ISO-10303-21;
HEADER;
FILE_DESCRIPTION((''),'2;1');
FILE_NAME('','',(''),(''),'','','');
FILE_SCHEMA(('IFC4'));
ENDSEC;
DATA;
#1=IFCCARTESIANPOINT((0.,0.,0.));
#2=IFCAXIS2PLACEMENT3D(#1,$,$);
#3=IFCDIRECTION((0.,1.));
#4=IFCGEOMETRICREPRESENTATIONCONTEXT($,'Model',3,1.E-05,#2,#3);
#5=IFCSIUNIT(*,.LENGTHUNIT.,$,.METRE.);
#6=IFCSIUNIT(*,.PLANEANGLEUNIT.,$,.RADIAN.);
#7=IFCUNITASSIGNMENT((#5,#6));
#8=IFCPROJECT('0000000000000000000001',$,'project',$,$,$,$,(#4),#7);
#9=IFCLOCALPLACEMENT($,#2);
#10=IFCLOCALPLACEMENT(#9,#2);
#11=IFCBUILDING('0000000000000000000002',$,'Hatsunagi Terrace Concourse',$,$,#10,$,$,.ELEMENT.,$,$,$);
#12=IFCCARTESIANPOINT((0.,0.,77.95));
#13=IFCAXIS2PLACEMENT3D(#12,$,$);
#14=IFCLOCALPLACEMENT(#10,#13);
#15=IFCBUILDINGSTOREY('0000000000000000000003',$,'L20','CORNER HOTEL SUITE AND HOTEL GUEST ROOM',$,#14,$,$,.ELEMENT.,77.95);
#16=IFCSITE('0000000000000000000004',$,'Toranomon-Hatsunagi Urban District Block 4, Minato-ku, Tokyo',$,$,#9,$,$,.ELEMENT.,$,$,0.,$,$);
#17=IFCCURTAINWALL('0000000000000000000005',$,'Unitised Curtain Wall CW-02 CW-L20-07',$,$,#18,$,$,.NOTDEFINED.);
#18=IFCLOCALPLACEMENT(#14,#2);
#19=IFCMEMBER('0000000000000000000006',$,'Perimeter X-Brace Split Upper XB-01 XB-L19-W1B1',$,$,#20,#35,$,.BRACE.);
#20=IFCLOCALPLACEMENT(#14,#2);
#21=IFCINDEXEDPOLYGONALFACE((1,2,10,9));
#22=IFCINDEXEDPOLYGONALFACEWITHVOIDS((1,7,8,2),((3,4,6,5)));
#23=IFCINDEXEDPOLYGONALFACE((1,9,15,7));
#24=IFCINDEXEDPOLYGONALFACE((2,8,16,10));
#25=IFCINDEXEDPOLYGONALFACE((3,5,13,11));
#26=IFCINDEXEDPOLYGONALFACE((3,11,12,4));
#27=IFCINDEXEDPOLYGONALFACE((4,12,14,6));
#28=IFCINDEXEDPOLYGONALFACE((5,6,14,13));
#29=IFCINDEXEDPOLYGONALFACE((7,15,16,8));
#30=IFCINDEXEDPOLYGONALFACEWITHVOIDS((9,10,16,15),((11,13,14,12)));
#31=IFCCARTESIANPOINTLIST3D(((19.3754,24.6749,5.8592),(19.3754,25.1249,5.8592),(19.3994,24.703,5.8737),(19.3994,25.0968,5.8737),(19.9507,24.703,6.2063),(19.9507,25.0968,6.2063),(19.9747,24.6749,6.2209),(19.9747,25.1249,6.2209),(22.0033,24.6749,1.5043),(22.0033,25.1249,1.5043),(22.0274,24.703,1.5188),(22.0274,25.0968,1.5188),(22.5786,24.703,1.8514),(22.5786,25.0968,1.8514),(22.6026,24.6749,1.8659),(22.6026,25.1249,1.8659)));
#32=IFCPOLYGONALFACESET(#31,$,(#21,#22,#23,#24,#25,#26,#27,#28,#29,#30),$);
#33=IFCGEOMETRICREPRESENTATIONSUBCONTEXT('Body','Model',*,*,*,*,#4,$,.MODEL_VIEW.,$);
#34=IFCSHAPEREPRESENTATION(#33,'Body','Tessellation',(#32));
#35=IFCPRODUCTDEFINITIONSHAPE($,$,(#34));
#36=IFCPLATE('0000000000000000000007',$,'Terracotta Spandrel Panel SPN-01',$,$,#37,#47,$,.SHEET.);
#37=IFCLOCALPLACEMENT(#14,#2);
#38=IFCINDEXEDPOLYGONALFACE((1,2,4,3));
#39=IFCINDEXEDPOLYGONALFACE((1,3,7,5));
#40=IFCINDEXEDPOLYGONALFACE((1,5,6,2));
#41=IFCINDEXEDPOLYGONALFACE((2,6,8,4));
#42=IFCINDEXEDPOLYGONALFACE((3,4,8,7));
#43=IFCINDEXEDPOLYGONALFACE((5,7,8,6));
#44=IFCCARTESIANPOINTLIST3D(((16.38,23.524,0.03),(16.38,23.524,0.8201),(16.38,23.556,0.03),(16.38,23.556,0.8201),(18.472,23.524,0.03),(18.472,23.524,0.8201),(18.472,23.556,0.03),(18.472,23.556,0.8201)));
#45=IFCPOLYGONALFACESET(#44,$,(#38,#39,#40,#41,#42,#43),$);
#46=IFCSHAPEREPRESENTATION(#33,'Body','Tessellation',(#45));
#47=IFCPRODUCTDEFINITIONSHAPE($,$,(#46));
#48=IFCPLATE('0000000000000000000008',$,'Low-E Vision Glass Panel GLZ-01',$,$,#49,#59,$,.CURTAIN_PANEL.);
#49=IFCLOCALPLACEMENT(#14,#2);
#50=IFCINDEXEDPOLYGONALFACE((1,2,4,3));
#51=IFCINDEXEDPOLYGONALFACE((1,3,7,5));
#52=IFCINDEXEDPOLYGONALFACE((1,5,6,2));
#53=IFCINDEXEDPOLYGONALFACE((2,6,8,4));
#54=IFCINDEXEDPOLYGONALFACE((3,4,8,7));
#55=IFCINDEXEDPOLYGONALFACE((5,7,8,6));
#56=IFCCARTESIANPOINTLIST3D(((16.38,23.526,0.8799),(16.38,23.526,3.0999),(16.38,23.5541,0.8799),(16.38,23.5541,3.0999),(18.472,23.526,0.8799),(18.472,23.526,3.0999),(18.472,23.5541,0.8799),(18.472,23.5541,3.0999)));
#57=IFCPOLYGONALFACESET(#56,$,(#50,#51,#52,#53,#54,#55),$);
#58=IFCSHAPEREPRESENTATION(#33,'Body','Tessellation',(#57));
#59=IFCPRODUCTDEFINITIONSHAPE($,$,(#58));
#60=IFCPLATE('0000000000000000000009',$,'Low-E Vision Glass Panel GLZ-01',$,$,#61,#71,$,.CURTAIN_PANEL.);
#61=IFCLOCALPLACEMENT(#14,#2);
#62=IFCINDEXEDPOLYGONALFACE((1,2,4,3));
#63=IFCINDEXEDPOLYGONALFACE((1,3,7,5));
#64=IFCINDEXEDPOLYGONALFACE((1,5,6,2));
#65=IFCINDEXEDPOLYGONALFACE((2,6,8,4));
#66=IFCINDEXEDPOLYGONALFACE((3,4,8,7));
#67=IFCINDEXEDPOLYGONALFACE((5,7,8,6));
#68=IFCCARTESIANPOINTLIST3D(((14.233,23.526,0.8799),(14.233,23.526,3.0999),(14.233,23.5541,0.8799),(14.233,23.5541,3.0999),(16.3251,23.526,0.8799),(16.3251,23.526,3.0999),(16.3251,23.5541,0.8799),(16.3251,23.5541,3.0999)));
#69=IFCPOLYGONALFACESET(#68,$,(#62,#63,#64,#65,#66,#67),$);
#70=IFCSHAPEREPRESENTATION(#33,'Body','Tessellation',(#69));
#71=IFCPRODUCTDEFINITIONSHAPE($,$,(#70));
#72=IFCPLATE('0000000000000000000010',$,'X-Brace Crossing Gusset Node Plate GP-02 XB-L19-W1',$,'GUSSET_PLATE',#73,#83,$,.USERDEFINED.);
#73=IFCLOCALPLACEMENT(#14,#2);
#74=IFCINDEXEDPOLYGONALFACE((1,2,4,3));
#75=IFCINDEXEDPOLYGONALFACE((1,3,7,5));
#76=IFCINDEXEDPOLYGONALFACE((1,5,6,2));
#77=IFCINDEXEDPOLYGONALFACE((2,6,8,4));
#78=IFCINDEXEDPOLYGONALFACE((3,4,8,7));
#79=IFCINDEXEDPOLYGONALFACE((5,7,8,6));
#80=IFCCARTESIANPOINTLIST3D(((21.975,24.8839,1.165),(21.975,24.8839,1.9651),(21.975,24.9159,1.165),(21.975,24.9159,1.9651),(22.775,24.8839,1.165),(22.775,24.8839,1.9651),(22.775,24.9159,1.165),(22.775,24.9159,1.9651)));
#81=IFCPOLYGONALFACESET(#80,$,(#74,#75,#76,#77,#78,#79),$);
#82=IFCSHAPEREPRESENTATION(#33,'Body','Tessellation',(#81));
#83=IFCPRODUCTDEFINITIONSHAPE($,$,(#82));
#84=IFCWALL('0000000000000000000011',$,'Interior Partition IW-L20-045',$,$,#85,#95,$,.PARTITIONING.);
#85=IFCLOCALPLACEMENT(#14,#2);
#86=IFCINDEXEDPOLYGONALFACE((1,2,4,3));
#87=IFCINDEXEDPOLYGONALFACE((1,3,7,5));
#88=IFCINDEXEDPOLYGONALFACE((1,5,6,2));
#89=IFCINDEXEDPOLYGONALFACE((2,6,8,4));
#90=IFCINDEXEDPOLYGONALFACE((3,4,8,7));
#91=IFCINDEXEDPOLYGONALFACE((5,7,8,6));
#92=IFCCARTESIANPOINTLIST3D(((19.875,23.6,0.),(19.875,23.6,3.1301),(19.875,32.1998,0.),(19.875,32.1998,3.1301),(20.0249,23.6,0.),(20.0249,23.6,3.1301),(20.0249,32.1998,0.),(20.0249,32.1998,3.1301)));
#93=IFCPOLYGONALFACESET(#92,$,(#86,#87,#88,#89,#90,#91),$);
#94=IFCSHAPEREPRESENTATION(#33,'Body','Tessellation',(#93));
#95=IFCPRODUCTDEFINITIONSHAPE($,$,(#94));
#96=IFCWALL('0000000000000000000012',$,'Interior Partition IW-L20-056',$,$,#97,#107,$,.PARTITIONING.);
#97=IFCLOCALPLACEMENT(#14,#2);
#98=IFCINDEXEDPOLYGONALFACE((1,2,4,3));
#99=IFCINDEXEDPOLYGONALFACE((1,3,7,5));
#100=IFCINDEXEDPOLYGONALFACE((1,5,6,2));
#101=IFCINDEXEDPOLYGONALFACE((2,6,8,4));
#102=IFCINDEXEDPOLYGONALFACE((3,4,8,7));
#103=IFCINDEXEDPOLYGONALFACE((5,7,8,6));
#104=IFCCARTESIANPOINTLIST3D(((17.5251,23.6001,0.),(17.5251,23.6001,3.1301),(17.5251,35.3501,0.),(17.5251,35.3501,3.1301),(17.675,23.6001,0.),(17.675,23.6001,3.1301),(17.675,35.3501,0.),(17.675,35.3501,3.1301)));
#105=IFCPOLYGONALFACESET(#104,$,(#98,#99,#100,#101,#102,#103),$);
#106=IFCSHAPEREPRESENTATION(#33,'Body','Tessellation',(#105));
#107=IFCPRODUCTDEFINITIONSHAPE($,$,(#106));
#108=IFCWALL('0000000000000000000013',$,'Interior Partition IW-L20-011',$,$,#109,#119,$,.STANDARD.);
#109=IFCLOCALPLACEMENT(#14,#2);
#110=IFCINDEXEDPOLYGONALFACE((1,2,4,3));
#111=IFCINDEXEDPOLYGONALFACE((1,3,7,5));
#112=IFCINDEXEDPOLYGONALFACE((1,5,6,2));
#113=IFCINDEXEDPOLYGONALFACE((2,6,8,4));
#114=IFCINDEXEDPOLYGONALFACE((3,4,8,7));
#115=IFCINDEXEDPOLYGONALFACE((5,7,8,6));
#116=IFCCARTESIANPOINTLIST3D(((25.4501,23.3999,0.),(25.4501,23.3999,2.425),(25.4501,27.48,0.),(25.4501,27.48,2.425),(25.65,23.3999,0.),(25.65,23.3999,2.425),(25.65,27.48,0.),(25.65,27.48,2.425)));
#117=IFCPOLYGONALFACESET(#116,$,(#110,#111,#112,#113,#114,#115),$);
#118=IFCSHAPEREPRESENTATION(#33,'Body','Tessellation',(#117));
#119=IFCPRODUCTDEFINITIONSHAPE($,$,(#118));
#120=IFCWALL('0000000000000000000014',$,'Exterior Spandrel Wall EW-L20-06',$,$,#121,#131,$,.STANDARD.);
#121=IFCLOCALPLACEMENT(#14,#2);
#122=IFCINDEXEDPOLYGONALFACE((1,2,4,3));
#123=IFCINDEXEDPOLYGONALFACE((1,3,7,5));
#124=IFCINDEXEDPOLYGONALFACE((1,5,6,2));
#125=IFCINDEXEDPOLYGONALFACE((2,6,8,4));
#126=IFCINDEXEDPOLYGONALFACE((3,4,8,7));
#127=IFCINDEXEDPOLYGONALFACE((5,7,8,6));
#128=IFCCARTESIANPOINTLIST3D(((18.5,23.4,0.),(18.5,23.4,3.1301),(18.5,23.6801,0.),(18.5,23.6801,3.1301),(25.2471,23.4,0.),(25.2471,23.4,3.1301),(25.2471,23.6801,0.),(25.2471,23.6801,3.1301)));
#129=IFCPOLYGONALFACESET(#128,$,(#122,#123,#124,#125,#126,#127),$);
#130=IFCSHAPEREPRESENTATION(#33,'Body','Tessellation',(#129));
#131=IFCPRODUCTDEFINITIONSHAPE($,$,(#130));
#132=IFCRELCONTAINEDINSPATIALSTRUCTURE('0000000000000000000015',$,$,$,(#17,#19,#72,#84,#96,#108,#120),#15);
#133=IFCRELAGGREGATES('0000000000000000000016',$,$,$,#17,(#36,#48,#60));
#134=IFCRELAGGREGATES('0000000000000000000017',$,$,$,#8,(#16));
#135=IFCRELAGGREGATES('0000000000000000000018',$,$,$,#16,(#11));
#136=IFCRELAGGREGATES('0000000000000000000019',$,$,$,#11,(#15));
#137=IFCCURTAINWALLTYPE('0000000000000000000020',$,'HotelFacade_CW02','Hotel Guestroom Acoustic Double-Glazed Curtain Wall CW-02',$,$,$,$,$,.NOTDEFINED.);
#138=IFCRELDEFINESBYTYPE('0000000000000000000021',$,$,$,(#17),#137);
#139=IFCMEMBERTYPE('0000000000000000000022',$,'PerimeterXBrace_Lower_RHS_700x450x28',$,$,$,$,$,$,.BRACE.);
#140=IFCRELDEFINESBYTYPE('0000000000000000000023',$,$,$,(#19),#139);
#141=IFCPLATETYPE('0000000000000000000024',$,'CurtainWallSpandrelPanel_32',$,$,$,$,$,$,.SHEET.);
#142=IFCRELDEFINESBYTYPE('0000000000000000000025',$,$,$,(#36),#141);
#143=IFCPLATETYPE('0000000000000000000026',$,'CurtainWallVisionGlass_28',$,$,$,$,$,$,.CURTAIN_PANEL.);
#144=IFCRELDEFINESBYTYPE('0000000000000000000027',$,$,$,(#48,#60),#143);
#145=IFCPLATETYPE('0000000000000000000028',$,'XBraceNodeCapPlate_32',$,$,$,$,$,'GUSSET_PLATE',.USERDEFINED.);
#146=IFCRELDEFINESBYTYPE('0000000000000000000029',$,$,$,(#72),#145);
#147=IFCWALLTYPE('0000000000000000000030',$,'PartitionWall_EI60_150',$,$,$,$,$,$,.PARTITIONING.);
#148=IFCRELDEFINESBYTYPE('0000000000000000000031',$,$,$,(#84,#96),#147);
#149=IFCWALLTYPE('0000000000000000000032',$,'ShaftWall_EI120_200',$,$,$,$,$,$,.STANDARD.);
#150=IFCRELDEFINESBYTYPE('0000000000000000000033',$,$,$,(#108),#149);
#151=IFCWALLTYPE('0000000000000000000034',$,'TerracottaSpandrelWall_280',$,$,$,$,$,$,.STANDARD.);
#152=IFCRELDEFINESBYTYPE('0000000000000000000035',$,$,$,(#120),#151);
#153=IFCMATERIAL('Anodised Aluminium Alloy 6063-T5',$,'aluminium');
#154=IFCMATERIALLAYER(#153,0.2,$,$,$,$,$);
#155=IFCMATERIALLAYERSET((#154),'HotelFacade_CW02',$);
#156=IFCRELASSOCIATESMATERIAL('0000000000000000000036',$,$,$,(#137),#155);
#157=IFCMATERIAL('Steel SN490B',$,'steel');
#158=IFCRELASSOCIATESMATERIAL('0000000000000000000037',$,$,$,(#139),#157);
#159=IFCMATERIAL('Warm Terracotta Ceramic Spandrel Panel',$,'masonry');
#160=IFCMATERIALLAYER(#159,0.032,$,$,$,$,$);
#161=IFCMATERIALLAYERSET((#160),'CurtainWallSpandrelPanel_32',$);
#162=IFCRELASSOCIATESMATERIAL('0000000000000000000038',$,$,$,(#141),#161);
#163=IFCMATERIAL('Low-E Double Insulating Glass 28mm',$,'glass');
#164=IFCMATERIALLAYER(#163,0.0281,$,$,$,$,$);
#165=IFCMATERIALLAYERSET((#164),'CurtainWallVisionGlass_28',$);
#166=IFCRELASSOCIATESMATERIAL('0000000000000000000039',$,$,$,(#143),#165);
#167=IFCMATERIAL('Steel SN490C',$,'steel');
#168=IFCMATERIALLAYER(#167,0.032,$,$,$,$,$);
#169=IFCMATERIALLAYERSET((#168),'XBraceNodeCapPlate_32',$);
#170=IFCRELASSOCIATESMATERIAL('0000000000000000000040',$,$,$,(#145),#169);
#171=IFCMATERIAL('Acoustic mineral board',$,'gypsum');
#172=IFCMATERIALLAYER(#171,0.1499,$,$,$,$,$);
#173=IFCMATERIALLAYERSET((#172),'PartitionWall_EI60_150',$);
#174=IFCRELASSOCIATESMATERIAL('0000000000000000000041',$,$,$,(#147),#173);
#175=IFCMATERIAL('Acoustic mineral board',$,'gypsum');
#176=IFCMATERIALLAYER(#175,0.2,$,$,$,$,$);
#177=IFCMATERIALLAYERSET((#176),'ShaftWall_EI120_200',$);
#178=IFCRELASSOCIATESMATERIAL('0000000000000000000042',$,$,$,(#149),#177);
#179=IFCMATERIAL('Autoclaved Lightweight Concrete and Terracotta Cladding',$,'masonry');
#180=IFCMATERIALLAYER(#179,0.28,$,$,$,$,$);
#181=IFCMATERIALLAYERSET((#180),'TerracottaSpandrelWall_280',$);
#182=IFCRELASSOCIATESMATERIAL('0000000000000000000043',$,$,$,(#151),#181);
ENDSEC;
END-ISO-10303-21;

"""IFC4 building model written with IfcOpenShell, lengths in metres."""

from ifc_helpers import new_model, si_unit, direction, frame, frame_2d, origin, origin_2d, place, context, subcontext, project, spatial, rectangle, hollow_rectangle, extrude, material, layer, layer_set, material_profile, profile_set, type_object, element, aggregate, save


model = new_model("IFC4")

# Units and contexts
model_context = context("Model", 3, precision=1e-05, world=origin(), true_north=direction((0.0, 1.0)))
body_context = subcontext(model_context, "Body", "Model", "MODEL_VIEW")
ifc_project = project(units=[si_unit("LENGTHUNIT", "METRE"), si_unit("PLANEANGLEUNIT", "RADIAN")], contexts=[model_context])

# Site, building, storey
site_placement = place(None, origin())
site = spatial("IfcSite", under=ifc_project, at=site_placement, Name="Toranomon-Hatsunagi Urban District Block 4, Minato-ku, Tokyo", CompositionType="ELEMENT", RefElevation=0.0)
building_placement = place(site_placement, origin())
building = spatial("IfcBuilding", under=site, at=building_placement, Name="Hatsunagi Terrace Concourse", CompositionType="ELEMENT")
storey_placement = place(building_placement, frame((0.0, 0.0, 77.95)))
storey = spatial("IfcBuildingStorey", under=building, at=storey_placement, Name="L20", Description="CORNER HOTEL SUITE AND HOTEL GUEST ROOM", CompositionType="ELEMENT", Elevation=77.95)

# Curtain wall
ifc_material_1 = material(Name="Anodised Aluminium Alloy 6063-T5", Category="aluminium")
ifc_layer_1 = layer(ifc_material_1, 0.2)
ifc_layer_set_1 = layer_set([ifc_layer_1], Name="HotelFacade_CW02")
curtain_wall_type = type_object("IfcCurtainWallType", Name="HotelFacade_CW02", Description="Hotel Guestroom Acoustic Double-Glazed Curtain Wall CW-02", PredefinedType="NOTDEFINED", material=ifc_layer_set_1)
curtain_wall_placement = place(storey_placement, origin())
curtain_wall = element("IfcCurtainWall", 1, at=curtain_wall_placement, inside=storey, type_object=curtain_wall_type, Name="Unitised Curtain Wall CW-02 CW-L20-07", PredefinedType="NOTDEFINED")

# Member
ifc_material_2 = material(Name="Steel SN490B", Category="steel")
ifc_material_profile_1 = material_profile(ifc_material_2, hollow_rectangle(XDim=0.45, YDim=0.7, WallThickness=0.0281, at=origin_2d()), Name="RHS-700x450x28")
ifc_profile_set_1 = profile_set([ifc_material_profile_1], Name="Steel SN490B")
member_type_1 = type_object("IfcMemberType", Name="PerimeterXBrace_Lower_RHS_700x450x28", PredefinedType="BRACE", material=ifc_profile_set_1)
member_1_placement = place(storey_placement, frame((19.675, 24.8999, 6.04), z_axis=(0.516654, 0.0, -0.856194), x_axis=(0.0, 1.0, 0.0)))
element("IfcMember", 2, at=member_1_placement, inside=storey, type_object=member_type_1, Name="Perimeter X-Brace Split Upper XB-01 XB-L19-W1B1", PredefinedType="BRACE", context=body_context, shape_type="SweptSolid", body=[
    extrude(hollow_rectangle(XDim=0.45, YDim=0.7, WallThickness=0.0281, at=origin_2d()), origin(), (0.0, 0.0, 1.0), 5.0864),
])

# Plates
ifc_material_3 = material(Name="Warm Terracotta Ceramic Spandrel Panel", Category="masonry")
ifc_layer_2 = layer(ifc_material_3, 0.032)
ifc_layer_set_2 = layer_set([ifc_layer_2], Name="CurtainWallSpandrelPanel_32")
plate_type_1 = type_object("IfcPlateType", Name="CurtainWallSpandrelPanel_32", PredefinedType="SHEET", material=ifc_layer_set_2)
plate_1_placement = place(storey_placement, frame((17.426, 23.54, 0.03), z_axis=(0.0, 0.0, 1.0), x_axis=(-1.0, 0.0, 0.0)))
plate_1 = element("IfcPlate", 3, at=plate_1_placement, type_object=plate_type_1, Name="Terracotta Spandrel Panel SPN-01", PredefinedType="SHEET", context=body_context, shape_type="SweptSolid", body=[
    extrude(rectangle(XDim=2.092, YDim=0.032, at=origin_2d()), origin(), (0.0, 0.0, 1.0), 0.79),
])
ifc_material_4 = material(Name="Low-E Double Insulating Glass 28mm", Category="glass")
ifc_layer_3 = layer(ifc_material_4, 0.0281)
ifc_layer_set_3 = layer_set([ifc_layer_3], Name="CurtainWallVisionGlass_28")
plate_type_2 = type_object("IfcPlateType", Name="CurtainWallVisionGlass_28", PredefinedType="CURTAIN_PANEL", material=ifc_layer_set_3)
plate_2_placement = place(storey_placement, frame((17.426, 23.54, 0.8799), z_axis=(0.0, 0.0, 1.0), x_axis=(-1.0, 0.0, 0.0)))
plate_2 = element("IfcPlate", 4, at=plate_2_placement, type_object=plate_type_2, Name="Low-E Vision Glass Panel GLZ-01", PredefinedType="CURTAIN_PANEL", context=body_context, shape_type="SweptSolid", body=[
    extrude(rectangle(XDim=2.092, YDim=0.0281, at=origin_2d()), origin(), (0.0, 0.0, 1.0), 2.22),
])
plate_3_placement = place(storey_placement, frame((15.2791, 23.54, 0.8799), z_axis=(0.0, 0.0, 1.0), x_axis=(-1.0, 0.0, 0.0)))
plate_3 = element("IfcPlate", 5, at=plate_3_placement, type_object=plate_type_2, Name="Low-E Vision Glass Panel GLZ-01", PredefinedType="CURTAIN_PANEL", context=body_context, shape_type="SweptSolid", body=[
    extrude(rectangle(XDim=2.092, YDim=0.0281, at=origin_2d()), origin(), (0.0, 0.0, 1.0), 2.22),
])
aggregate(curtain_wall, [plate_1, plate_2, plate_3])
ifc_material_5 = material(Name="Steel SN490C", Category="steel")
ifc_layer_4 = layer(ifc_material_5, 0.032)
ifc_layer_set_4 = layer_set([ifc_layer_4], Name="XBraceNodeCapPlate_32")
plate_type_3 = type_object("IfcPlateType", Name="XBraceNodeCapPlate_32", ElementType="GUSSET_PLATE", PredefinedType="USERDEFINED", material=ifc_layer_set_4)
plate_4_placement = place(storey_placement, frame((22.375, 24.8999, 1.165), z_axis=(0.0, 0.0, 1.0), x_axis=(1.0, 0.0, 0.0)))
element("IfcPlate", 6, at=plate_4_placement, inside=storey, type_object=plate_type_3, Name="X-Brace Crossing Gusset Node Plate GP-02 XB-L19-W1", ObjectType="GUSSET_PLATE", PredefinedType="USERDEFINED", context=body_context, shape_type="SweptSolid", body=[
    extrude(rectangle(XDim=0.8, YDim=0.032, at=origin_2d()), origin(), (0.0, 0.0, 1.0), 0.8),
])

# Walls
ifc_material_6 = material(Name="Acoustic mineral board", Category="gypsum")
ifc_layer_5 = layer(ifc_material_6, 0.1499)
ifc_layer_set_5 = layer_set([ifc_layer_5], Name="PartitionWall_EI60_150")
wall_type_1 = type_object("IfcWallType", Name="PartitionWall_EI60_150", PredefinedType="PARTITIONING", material=ifc_layer_set_5)
wall_1_placement = place(storey_placement, frame((19.95, 23.6001, 0.0), z_axis=(0.0, 0.0, 1.0), x_axis=(0.0, 1.0, 0.0)))
element("IfcWall", 7, at=wall_1_placement, inside=storey, type_object=wall_type_1, Name="Interior Partition IW-L20-045", PredefinedType="PARTITIONING", context=body_context, shape_type="SweptSolid", body=[
    extrude(rectangle(XDim=8.5999, YDim=0.1499, at=frame_2d((4.2998, 0.0))), origin(), (0.0, 0.0, 1.0), 3.1301),
])
wall_2_placement = place(storey_placement, frame((17.6001, 23.6001, 0.0), z_axis=(0.0, 0.0, 1.0), x_axis=(0.0, 1.0, 0.0)))
element("IfcWall", 8, at=wall_2_placement, inside=storey, type_object=wall_type_1, Name="Interior Partition IW-L20-056", PredefinedType="PARTITIONING", context=body_context, shape_type="SweptSolid", body=[
    extrude(rectangle(XDim=11.75, YDim=0.1499, at=frame_2d((5.875, 0.0))), origin(), (0.0, 0.0, 1.0), 3.1301),
])
ifc_material_7 = material(Name="Acoustic mineral board", Category="gypsum")
ifc_layer_6 = layer(ifc_material_7, 0.2)
ifc_layer_set_6 = layer_set([ifc_layer_6], Name="ShaftWall_EI120_200")
wall_type_2 = type_object("IfcWallType", Name="ShaftWall_EI120_200", PredefinedType="STANDARD", material=ifc_layer_set_6)
wall_3_placement = place(storey_placement, frame((25.55, 23.3999, 0.0), z_axis=(0.0, 0.0, 1.0), x_axis=(0.0, 1.0, 0.0)))
element("IfcWall", 9, at=wall_3_placement, inside=storey, type_object=wall_type_2, Name="Interior Partition IW-L20-011", PredefinedType="STANDARD", context=body_context, shape_type="SweptSolid", body=[
    extrude(rectangle(XDim=4.0801, YDim=0.2, at=frame_2d((2.04, 0.0))), origin(), (0.0, 0.0, 1.0), 2.425),
])
ifc_material_8 = material(Name="Autoclaved Lightweight Concrete and Terracotta Cladding", Category="masonry")
ifc_layer_7 = layer(ifc_material_8, 0.28)
ifc_layer_set_7 = layer_set([ifc_layer_7], Name="TerracottaSpandrelWall_280")
wall_type_3 = type_object("IfcWallType", Name="TerracottaSpandrelWall_280", PredefinedType="STANDARD", material=ifc_layer_set_7)
wall_4_placement = place(storey_placement, frame((25.2471, 23.54, 0.0), z_axis=(0.0, 0.0, 1.0), x_axis=(-1.0, 0.0, 0.0)))
element("IfcWall", 10, at=wall_4_placement, inside=storey, type_object=wall_type_3, Name="Exterior Spandrel Wall EW-L20-06", PredefinedType="STANDARD", context=body_context, shape_type="SweptSolid", body=[
    extrude(rectangle(XDim=6.7471, YDim=0.28, at=frame_2d((3.3735, 0.0))), origin(), (0.0, 0.0, 1.0), 3.1301),
])

save(model, "model.ifc")
